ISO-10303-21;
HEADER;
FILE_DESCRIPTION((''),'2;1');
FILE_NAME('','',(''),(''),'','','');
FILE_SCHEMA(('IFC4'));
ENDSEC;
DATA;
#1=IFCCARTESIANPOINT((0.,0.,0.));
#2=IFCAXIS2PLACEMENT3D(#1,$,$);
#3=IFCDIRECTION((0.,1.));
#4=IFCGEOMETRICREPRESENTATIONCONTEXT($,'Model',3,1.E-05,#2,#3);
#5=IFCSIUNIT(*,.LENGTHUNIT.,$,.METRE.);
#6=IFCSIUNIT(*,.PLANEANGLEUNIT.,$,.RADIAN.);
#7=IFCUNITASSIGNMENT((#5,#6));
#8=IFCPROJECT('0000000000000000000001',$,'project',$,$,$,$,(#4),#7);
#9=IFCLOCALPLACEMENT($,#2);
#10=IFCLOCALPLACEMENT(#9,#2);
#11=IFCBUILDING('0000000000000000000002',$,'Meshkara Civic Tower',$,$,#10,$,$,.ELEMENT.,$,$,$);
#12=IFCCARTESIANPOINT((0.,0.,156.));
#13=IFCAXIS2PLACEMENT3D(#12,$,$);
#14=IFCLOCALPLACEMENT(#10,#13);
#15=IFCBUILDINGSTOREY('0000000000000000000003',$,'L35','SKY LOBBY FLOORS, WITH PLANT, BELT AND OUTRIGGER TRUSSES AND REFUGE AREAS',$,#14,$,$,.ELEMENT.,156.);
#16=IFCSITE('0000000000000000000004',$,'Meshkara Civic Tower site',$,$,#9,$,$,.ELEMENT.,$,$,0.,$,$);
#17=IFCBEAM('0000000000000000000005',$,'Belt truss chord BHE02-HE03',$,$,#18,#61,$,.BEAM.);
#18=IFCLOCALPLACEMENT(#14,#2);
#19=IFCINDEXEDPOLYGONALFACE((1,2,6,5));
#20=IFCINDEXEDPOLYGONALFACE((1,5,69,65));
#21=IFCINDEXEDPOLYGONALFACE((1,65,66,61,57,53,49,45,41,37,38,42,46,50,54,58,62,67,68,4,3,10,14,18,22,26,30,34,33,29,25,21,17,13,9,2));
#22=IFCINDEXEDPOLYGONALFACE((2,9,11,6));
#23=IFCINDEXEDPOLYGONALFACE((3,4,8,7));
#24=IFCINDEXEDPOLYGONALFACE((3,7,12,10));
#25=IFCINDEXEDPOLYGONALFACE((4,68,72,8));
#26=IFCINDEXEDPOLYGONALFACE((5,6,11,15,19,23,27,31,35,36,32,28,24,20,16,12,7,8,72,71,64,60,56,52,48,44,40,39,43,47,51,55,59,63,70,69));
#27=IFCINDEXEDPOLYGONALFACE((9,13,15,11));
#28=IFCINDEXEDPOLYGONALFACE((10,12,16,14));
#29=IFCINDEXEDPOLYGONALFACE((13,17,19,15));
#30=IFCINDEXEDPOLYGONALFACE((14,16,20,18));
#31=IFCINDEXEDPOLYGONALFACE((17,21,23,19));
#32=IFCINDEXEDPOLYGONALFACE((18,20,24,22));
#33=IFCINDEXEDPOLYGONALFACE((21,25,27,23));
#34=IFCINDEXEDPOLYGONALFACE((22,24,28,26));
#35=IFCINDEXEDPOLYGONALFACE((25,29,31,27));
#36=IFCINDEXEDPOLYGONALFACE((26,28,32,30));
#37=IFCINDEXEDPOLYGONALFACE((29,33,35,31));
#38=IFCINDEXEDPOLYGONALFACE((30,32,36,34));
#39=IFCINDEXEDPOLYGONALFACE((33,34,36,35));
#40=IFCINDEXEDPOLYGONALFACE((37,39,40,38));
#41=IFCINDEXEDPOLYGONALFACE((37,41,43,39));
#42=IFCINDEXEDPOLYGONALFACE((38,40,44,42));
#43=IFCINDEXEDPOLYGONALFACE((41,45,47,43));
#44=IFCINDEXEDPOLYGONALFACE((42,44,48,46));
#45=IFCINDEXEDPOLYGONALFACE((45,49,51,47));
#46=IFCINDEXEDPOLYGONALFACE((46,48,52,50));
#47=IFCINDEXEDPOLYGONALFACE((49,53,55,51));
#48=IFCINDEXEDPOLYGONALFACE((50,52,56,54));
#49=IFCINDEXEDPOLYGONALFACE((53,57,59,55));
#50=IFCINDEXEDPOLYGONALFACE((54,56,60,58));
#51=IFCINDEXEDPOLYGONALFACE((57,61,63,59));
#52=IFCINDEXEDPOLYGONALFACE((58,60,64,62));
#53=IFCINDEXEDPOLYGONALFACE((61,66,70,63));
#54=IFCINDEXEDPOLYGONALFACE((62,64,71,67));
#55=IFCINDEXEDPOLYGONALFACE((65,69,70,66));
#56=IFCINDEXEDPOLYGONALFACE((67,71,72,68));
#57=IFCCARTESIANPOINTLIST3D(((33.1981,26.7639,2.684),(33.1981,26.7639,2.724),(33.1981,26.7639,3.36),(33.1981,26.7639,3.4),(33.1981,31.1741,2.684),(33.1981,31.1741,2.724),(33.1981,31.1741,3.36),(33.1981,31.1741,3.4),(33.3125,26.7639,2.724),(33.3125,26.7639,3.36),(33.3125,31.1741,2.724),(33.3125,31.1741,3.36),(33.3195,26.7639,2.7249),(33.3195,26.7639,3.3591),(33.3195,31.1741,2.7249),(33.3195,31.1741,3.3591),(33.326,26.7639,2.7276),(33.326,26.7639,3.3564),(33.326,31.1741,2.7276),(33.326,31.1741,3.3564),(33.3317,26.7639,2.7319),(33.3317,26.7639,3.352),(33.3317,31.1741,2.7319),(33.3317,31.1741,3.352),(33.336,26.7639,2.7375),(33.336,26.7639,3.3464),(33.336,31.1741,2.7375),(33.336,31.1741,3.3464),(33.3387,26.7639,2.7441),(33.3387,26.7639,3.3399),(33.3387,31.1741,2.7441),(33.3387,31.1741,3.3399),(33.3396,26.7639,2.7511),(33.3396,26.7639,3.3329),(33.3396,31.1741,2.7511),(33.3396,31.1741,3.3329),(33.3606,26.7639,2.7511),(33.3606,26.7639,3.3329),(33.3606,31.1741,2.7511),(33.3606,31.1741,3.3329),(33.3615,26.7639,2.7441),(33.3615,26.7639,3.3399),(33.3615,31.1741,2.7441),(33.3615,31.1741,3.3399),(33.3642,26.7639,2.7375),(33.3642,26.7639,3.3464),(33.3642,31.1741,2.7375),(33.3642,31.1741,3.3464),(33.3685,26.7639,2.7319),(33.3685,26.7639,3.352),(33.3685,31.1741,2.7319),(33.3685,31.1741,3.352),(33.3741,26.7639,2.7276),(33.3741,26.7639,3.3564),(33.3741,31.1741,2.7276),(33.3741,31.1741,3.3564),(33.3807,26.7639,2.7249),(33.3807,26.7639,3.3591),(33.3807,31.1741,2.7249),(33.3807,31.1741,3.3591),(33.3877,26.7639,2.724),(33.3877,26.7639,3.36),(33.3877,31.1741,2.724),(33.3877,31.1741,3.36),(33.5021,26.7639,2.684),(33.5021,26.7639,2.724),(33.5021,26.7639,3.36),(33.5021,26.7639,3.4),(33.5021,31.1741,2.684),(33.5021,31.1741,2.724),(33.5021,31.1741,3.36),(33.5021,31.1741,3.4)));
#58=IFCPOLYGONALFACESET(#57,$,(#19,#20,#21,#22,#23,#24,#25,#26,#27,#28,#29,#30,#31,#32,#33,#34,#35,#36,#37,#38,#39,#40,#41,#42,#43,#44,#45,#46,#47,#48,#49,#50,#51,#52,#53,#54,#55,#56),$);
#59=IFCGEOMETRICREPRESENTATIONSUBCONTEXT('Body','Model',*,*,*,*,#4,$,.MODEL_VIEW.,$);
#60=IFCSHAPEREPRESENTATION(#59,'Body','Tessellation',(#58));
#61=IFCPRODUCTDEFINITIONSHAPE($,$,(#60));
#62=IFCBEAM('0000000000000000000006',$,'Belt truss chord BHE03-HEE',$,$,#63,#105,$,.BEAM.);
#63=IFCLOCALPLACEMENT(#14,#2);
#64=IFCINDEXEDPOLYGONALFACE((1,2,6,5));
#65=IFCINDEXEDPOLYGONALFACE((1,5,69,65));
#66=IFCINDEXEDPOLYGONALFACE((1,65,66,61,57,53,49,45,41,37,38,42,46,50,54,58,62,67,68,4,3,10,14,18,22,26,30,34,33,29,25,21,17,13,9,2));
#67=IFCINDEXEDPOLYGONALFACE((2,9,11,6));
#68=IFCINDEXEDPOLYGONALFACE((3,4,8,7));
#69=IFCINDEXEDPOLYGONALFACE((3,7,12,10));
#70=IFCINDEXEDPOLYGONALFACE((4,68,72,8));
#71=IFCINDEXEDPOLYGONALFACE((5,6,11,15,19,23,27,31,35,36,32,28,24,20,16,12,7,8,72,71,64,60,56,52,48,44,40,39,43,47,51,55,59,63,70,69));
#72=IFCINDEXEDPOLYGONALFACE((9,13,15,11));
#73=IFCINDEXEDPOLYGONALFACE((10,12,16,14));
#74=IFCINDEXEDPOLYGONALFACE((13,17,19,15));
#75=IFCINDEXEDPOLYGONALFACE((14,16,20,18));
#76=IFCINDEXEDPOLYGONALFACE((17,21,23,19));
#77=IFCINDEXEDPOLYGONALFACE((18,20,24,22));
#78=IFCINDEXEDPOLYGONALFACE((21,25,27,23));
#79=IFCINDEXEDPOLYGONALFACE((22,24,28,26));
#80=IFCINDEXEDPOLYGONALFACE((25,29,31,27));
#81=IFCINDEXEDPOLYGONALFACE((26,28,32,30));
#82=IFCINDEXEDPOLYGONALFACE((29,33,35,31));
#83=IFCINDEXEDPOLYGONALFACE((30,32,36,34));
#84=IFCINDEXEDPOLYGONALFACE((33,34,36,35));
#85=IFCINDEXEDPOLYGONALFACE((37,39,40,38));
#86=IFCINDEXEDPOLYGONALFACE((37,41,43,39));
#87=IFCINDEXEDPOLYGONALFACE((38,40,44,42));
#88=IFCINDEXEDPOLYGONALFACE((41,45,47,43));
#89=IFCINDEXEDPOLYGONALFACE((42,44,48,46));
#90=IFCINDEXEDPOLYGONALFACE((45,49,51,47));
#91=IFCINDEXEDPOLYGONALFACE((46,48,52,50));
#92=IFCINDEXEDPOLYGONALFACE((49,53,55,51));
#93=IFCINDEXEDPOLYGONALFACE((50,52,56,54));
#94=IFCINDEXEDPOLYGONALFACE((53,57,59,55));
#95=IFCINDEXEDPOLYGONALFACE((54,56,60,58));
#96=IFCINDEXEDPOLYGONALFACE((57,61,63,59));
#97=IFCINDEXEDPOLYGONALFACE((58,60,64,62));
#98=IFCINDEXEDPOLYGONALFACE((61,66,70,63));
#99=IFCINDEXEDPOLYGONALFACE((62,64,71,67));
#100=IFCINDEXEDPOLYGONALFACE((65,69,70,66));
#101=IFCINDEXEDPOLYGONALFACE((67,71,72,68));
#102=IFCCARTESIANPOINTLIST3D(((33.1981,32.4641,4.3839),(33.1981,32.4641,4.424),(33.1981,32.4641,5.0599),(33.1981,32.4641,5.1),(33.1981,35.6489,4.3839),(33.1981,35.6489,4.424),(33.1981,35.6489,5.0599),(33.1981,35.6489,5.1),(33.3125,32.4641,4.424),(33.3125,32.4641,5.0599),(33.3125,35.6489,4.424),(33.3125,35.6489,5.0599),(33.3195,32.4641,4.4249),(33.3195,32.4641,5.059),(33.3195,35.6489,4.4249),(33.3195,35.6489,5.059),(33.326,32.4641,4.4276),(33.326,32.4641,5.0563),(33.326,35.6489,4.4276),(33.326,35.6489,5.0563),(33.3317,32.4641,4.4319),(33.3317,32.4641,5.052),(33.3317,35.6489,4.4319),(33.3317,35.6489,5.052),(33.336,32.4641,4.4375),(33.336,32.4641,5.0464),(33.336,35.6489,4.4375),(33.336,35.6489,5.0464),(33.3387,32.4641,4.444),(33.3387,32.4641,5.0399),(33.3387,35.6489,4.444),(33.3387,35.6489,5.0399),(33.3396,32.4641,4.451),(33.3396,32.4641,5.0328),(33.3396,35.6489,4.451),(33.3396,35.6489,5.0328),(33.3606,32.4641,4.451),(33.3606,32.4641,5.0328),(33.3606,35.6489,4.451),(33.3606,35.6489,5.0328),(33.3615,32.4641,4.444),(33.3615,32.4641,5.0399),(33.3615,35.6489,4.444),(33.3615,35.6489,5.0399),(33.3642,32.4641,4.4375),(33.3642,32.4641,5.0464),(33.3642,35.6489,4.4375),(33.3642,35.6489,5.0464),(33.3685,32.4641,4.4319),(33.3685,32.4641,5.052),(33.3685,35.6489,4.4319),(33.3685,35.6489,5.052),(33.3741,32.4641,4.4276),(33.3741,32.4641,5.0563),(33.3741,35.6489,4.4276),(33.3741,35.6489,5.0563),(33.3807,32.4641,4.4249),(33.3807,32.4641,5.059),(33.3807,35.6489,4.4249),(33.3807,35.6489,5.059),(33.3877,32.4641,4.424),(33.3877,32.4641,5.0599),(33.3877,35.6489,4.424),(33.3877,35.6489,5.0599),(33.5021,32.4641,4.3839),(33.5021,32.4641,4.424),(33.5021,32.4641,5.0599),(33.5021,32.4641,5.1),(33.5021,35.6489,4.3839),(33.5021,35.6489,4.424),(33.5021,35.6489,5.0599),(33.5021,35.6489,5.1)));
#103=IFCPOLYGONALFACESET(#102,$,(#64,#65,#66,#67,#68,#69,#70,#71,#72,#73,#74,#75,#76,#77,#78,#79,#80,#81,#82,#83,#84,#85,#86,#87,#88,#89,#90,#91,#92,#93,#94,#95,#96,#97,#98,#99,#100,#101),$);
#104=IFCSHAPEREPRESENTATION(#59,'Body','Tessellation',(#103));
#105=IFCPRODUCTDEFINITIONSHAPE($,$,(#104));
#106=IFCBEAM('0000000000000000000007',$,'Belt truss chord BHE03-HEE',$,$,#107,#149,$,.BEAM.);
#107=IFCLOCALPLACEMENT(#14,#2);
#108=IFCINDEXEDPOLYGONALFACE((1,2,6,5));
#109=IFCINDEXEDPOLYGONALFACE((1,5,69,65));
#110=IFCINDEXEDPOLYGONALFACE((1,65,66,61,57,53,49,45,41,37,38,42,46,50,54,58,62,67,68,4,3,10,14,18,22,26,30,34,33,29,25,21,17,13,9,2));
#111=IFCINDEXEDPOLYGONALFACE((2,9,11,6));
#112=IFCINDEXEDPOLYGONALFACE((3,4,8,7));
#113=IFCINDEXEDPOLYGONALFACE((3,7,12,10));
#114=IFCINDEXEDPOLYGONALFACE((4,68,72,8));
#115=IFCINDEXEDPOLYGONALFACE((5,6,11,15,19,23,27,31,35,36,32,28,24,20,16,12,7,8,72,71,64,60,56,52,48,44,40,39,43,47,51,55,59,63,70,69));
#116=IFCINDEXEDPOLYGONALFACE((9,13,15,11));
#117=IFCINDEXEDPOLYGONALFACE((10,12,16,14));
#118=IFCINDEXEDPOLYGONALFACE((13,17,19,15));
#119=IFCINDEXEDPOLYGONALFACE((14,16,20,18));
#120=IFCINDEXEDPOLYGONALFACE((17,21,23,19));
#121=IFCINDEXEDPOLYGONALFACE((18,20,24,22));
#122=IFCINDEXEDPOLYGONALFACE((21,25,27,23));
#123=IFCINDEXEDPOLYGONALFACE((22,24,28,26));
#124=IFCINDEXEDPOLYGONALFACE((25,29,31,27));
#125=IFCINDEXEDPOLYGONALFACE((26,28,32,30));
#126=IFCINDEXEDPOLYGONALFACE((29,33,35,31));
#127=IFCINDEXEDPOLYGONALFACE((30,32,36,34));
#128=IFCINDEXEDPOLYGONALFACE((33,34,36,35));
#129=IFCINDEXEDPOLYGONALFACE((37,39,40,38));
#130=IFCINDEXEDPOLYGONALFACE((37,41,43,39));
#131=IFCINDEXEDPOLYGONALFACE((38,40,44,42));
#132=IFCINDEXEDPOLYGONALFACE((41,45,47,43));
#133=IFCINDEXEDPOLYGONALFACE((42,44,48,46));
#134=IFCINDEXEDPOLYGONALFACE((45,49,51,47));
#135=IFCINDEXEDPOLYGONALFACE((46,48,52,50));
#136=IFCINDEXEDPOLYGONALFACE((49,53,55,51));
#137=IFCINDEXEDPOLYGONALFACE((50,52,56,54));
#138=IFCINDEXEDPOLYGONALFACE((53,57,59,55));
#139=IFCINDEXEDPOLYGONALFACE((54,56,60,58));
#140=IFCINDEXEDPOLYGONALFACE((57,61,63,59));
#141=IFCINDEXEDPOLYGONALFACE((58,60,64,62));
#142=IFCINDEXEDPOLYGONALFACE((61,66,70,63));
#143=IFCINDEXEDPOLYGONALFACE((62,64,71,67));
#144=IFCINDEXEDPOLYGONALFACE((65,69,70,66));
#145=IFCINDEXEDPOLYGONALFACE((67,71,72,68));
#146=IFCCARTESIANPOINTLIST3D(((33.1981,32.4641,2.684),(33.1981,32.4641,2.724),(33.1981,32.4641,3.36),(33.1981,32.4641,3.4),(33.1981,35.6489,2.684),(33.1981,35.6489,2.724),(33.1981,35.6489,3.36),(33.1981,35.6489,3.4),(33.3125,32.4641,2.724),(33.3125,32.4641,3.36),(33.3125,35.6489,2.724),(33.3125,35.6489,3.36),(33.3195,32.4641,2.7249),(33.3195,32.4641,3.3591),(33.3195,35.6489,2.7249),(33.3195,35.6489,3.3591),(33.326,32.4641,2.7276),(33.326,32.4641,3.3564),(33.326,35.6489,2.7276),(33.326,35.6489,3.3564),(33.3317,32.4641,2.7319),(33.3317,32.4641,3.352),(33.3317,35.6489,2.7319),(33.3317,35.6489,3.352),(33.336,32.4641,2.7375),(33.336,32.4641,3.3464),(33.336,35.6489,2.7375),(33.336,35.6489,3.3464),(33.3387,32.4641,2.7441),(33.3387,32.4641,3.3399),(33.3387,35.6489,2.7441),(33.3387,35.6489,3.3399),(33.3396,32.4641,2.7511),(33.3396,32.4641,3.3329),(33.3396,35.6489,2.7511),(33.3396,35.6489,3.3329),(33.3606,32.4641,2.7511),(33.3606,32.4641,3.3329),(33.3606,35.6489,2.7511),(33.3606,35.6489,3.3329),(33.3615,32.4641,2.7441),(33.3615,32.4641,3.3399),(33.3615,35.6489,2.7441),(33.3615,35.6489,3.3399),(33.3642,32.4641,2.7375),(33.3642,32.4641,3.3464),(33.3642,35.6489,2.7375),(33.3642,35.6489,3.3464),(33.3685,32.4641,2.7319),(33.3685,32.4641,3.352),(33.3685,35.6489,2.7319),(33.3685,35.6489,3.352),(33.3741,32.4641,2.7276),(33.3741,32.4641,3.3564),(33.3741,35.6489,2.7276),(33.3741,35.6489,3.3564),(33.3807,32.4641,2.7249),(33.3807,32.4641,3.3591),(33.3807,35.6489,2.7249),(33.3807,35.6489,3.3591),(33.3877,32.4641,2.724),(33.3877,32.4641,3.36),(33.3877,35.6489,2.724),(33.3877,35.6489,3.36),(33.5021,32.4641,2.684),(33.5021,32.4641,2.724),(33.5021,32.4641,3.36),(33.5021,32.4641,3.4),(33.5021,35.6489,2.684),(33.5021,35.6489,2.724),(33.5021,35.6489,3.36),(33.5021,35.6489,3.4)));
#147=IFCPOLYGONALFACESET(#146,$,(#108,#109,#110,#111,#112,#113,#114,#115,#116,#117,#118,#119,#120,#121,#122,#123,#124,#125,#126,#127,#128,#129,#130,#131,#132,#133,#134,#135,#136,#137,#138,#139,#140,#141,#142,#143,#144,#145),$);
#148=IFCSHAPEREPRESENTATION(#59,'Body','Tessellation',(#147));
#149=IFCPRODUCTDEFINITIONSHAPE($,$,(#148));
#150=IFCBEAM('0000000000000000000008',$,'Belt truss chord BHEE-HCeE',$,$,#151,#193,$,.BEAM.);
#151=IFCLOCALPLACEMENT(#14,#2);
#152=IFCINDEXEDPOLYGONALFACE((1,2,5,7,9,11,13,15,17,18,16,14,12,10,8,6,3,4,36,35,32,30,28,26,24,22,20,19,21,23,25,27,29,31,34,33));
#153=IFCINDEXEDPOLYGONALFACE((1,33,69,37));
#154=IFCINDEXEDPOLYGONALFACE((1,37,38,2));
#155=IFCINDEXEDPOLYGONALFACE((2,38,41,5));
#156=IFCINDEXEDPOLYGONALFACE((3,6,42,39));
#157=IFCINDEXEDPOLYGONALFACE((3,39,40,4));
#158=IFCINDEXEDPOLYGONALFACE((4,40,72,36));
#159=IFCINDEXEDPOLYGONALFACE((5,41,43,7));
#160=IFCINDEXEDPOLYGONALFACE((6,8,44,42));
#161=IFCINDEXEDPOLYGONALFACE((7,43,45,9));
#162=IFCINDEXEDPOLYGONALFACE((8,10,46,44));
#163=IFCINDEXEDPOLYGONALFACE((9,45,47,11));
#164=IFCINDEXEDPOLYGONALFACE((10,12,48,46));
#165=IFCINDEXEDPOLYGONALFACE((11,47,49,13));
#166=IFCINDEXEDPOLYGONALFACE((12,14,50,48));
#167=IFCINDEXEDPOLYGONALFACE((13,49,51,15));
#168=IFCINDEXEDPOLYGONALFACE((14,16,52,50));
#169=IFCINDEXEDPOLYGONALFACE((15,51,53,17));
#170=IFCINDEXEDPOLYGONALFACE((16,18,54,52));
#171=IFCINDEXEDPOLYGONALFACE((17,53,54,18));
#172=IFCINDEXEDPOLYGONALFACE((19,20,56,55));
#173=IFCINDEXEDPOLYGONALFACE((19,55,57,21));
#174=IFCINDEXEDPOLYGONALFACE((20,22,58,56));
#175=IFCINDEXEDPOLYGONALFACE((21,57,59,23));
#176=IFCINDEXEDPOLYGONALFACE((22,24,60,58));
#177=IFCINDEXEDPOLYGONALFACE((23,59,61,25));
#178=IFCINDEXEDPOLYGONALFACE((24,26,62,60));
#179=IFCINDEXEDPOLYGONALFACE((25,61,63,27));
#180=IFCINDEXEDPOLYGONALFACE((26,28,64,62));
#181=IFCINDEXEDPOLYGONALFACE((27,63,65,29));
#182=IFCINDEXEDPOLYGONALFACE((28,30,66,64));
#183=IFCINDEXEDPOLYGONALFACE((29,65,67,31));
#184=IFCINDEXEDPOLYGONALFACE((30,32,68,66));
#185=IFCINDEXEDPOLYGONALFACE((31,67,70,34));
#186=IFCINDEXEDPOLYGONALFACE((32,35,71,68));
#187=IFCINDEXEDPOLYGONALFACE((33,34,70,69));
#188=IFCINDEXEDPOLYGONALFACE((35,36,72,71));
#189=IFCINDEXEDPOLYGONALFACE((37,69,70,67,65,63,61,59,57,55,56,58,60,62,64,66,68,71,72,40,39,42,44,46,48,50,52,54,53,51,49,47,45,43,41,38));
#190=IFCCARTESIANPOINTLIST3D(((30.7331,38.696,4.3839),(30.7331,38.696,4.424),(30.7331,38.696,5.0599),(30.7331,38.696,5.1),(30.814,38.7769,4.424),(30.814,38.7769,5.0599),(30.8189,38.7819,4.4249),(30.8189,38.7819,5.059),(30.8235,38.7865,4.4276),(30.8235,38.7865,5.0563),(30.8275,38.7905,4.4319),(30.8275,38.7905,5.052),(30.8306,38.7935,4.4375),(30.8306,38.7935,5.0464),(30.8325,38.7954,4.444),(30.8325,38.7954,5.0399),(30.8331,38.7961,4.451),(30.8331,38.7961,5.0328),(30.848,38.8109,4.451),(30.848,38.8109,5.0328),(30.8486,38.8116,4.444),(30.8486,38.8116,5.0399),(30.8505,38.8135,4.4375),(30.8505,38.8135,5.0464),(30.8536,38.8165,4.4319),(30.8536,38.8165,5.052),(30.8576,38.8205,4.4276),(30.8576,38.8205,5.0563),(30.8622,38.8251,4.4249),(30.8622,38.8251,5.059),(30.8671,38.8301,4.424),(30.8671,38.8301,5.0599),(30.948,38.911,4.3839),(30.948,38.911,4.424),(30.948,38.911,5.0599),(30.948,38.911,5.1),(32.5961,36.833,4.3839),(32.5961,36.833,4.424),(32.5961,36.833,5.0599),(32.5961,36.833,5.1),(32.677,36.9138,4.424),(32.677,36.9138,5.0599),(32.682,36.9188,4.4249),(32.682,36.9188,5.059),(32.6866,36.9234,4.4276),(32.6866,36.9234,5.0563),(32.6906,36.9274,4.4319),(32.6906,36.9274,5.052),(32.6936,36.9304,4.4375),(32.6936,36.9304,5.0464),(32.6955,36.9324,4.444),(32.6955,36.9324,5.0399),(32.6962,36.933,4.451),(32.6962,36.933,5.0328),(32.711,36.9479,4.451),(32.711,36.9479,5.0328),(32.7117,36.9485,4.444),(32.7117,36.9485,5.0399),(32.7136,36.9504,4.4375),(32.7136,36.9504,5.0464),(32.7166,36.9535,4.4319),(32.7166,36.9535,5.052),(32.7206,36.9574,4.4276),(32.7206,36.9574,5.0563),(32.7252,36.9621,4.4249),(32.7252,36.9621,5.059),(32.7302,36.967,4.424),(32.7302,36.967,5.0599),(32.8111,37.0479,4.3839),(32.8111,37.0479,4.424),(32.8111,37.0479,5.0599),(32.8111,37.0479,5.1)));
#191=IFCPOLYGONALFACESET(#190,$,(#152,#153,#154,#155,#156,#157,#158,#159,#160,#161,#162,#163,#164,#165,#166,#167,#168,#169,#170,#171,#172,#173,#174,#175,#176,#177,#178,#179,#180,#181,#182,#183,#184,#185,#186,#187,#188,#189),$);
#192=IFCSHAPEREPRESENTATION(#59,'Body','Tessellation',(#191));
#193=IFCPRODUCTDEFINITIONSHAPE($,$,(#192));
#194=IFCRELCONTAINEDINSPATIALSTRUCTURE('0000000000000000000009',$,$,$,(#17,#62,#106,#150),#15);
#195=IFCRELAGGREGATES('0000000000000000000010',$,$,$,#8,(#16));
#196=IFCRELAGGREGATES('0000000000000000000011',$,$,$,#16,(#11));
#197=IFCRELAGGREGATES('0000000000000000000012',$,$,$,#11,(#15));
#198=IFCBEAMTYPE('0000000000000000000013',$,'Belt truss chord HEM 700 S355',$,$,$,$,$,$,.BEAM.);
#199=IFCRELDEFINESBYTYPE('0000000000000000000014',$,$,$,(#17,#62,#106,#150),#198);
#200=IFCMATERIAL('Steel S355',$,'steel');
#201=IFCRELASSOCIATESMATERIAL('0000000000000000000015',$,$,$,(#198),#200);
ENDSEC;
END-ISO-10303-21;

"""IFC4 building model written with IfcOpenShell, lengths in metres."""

from ifc_helpers import new_model, si_unit, direction, frame, origin, origin_2d, place, context, subcontext, project, spatial, i_section, extrude, material, material_profile, profile_set, type_object, element, save


model = new_model("IFC4")

# Units and contexts
model_context = context("Model", 3, precision=1e-05, world=origin(), true_north=direction((0.0, 1.0)))
body_context = subcontext(model_context, "Body", "Model", "MODEL_VIEW")
ifc_project = project(units=[si_unit("LENGTHUNIT", "METRE"), si_unit("PLANEANGLEUNIT", "RADIAN")], contexts=[model_context])

# Site, building, storey
site_placement = place(None, origin())
site = spatial("IfcSite", under=ifc_project, at=site_placement, Name="Meshkara Civic Tower site", CompositionType="ELEMENT", RefElevation=0.0)
building_placement = place(site_placement, origin())
building = spatial("IfcBuilding", under=site, at=building_placement, Name="Meshkara Civic Tower", CompositionType="ELEMENT")
storey_placement = place(building_placement, frame((0.0, 0.0, 156.0)))
storey = spatial("IfcBuildingStorey", under=building, at=storey_placement, Name="L35", Description="SKY LOBBY FLOORS, WITH PLANT, BELT AND OUTRIGGER TRUSSES AND REFUGE AREAS", CompositionType="ELEMENT", Elevation=156.0)

# Beams
ifc_material_1 = material(Name="Steel S355", Category="steel")
ifc_material_profile_1 = material_profile(ifc_material_1, i_section(OverallWidth=0.304, OverallDepth=0.7161, WebThickness=0.021, FlangeThickness=0.04, FilletRadius=0.0271, at=origin_2d()))
ifc_profile_set_1 = profile_set([ifc_material_profile_1], Name="Steel S355")
beam_type = type_object("IfcBeamType", Name="Belt truss chord HEM 700 S355", PredefinedType="BEAM", material=ifc_profile_set_1)
for number, where, z_axis, x_axis, name in (
    (1, (33.3501, 26.7639, 3.042), (0.0, 1.0, 0.0), (-1.0, 0.0, 0.0), "Belt truss chord BHE02-HE03"),
):
    element("IfcBeam", number, at=place(storey_placement, frame(where, z_axis=z_axis, x_axis=x_axis)), inside=storey, type_object=beam_type, Name=name, PredefinedType="BEAM", context=body_context, shape_type="SweptSolid", body=[
        extrude(i_section(OverallWidth=0.304, OverallDepth=0.7161, WebThickness=0.021, FlangeThickness=0.04, FilletRadius=0.0271, at=origin_2d()), origin(), (0.0, 0.0, 1.0), 4.4102),
    ])
for number, where, z_axis, x_axis, name in (
    (2, (33.3501, 32.4641, 4.7419), (0.0, 1.0, 0.0), (-1.0, 0.0, 0.0), "Belt truss chord BHE03-HEE"),
    (3, (33.3501, 32.4641, 3.042), (0.0, 1.0, 0.0), (-1.0, 0.0, 0.0), "Belt truss chord BHE03-HEE"),
):
    element("IfcBeam", number, at=place(storey_placement, frame(where, z_axis=z_axis, x_axis=x_axis)), inside=storey, type_object=beam_type, Name=name, PredefinedType="BEAM", context=body_context, shape_type="SweptSolid", body=[
        extrude(i_section(OverallWidth=0.304, OverallDepth=0.7161, WebThickness=0.021, FlangeThickness=0.04, FilletRadius=0.0271, at=origin_2d()), origin(), (0.0, 0.0, 1.0), 3.1848),
    ])
for number, where, z_axis, x_axis, name in (
    (4, (32.7036, 36.9404, 4.7419), (-0.707107, 0.707107, 0.0), (-0.707107, -0.707107, 0.0), "Belt truss chord BHEE-HCeE"),
):
    element("IfcBeam", number, at=place(storey_placement, frame(where, z_axis=z_axis, x_axis=x_axis)), inside=storey, type_object=beam_type, Name=name, PredefinedType="BEAM", context=body_context, shape_type="SweptSolid", body=[
        extrude(i_section(OverallWidth=0.304, OverallDepth=0.7161, WebThickness=0.021, FlangeThickness=0.04, FilletRadius=0.0271, at=origin_2d()), origin(), (0.0, 0.0, 1.0), 2.6348),
    ])

save(model, "model.ifc")
